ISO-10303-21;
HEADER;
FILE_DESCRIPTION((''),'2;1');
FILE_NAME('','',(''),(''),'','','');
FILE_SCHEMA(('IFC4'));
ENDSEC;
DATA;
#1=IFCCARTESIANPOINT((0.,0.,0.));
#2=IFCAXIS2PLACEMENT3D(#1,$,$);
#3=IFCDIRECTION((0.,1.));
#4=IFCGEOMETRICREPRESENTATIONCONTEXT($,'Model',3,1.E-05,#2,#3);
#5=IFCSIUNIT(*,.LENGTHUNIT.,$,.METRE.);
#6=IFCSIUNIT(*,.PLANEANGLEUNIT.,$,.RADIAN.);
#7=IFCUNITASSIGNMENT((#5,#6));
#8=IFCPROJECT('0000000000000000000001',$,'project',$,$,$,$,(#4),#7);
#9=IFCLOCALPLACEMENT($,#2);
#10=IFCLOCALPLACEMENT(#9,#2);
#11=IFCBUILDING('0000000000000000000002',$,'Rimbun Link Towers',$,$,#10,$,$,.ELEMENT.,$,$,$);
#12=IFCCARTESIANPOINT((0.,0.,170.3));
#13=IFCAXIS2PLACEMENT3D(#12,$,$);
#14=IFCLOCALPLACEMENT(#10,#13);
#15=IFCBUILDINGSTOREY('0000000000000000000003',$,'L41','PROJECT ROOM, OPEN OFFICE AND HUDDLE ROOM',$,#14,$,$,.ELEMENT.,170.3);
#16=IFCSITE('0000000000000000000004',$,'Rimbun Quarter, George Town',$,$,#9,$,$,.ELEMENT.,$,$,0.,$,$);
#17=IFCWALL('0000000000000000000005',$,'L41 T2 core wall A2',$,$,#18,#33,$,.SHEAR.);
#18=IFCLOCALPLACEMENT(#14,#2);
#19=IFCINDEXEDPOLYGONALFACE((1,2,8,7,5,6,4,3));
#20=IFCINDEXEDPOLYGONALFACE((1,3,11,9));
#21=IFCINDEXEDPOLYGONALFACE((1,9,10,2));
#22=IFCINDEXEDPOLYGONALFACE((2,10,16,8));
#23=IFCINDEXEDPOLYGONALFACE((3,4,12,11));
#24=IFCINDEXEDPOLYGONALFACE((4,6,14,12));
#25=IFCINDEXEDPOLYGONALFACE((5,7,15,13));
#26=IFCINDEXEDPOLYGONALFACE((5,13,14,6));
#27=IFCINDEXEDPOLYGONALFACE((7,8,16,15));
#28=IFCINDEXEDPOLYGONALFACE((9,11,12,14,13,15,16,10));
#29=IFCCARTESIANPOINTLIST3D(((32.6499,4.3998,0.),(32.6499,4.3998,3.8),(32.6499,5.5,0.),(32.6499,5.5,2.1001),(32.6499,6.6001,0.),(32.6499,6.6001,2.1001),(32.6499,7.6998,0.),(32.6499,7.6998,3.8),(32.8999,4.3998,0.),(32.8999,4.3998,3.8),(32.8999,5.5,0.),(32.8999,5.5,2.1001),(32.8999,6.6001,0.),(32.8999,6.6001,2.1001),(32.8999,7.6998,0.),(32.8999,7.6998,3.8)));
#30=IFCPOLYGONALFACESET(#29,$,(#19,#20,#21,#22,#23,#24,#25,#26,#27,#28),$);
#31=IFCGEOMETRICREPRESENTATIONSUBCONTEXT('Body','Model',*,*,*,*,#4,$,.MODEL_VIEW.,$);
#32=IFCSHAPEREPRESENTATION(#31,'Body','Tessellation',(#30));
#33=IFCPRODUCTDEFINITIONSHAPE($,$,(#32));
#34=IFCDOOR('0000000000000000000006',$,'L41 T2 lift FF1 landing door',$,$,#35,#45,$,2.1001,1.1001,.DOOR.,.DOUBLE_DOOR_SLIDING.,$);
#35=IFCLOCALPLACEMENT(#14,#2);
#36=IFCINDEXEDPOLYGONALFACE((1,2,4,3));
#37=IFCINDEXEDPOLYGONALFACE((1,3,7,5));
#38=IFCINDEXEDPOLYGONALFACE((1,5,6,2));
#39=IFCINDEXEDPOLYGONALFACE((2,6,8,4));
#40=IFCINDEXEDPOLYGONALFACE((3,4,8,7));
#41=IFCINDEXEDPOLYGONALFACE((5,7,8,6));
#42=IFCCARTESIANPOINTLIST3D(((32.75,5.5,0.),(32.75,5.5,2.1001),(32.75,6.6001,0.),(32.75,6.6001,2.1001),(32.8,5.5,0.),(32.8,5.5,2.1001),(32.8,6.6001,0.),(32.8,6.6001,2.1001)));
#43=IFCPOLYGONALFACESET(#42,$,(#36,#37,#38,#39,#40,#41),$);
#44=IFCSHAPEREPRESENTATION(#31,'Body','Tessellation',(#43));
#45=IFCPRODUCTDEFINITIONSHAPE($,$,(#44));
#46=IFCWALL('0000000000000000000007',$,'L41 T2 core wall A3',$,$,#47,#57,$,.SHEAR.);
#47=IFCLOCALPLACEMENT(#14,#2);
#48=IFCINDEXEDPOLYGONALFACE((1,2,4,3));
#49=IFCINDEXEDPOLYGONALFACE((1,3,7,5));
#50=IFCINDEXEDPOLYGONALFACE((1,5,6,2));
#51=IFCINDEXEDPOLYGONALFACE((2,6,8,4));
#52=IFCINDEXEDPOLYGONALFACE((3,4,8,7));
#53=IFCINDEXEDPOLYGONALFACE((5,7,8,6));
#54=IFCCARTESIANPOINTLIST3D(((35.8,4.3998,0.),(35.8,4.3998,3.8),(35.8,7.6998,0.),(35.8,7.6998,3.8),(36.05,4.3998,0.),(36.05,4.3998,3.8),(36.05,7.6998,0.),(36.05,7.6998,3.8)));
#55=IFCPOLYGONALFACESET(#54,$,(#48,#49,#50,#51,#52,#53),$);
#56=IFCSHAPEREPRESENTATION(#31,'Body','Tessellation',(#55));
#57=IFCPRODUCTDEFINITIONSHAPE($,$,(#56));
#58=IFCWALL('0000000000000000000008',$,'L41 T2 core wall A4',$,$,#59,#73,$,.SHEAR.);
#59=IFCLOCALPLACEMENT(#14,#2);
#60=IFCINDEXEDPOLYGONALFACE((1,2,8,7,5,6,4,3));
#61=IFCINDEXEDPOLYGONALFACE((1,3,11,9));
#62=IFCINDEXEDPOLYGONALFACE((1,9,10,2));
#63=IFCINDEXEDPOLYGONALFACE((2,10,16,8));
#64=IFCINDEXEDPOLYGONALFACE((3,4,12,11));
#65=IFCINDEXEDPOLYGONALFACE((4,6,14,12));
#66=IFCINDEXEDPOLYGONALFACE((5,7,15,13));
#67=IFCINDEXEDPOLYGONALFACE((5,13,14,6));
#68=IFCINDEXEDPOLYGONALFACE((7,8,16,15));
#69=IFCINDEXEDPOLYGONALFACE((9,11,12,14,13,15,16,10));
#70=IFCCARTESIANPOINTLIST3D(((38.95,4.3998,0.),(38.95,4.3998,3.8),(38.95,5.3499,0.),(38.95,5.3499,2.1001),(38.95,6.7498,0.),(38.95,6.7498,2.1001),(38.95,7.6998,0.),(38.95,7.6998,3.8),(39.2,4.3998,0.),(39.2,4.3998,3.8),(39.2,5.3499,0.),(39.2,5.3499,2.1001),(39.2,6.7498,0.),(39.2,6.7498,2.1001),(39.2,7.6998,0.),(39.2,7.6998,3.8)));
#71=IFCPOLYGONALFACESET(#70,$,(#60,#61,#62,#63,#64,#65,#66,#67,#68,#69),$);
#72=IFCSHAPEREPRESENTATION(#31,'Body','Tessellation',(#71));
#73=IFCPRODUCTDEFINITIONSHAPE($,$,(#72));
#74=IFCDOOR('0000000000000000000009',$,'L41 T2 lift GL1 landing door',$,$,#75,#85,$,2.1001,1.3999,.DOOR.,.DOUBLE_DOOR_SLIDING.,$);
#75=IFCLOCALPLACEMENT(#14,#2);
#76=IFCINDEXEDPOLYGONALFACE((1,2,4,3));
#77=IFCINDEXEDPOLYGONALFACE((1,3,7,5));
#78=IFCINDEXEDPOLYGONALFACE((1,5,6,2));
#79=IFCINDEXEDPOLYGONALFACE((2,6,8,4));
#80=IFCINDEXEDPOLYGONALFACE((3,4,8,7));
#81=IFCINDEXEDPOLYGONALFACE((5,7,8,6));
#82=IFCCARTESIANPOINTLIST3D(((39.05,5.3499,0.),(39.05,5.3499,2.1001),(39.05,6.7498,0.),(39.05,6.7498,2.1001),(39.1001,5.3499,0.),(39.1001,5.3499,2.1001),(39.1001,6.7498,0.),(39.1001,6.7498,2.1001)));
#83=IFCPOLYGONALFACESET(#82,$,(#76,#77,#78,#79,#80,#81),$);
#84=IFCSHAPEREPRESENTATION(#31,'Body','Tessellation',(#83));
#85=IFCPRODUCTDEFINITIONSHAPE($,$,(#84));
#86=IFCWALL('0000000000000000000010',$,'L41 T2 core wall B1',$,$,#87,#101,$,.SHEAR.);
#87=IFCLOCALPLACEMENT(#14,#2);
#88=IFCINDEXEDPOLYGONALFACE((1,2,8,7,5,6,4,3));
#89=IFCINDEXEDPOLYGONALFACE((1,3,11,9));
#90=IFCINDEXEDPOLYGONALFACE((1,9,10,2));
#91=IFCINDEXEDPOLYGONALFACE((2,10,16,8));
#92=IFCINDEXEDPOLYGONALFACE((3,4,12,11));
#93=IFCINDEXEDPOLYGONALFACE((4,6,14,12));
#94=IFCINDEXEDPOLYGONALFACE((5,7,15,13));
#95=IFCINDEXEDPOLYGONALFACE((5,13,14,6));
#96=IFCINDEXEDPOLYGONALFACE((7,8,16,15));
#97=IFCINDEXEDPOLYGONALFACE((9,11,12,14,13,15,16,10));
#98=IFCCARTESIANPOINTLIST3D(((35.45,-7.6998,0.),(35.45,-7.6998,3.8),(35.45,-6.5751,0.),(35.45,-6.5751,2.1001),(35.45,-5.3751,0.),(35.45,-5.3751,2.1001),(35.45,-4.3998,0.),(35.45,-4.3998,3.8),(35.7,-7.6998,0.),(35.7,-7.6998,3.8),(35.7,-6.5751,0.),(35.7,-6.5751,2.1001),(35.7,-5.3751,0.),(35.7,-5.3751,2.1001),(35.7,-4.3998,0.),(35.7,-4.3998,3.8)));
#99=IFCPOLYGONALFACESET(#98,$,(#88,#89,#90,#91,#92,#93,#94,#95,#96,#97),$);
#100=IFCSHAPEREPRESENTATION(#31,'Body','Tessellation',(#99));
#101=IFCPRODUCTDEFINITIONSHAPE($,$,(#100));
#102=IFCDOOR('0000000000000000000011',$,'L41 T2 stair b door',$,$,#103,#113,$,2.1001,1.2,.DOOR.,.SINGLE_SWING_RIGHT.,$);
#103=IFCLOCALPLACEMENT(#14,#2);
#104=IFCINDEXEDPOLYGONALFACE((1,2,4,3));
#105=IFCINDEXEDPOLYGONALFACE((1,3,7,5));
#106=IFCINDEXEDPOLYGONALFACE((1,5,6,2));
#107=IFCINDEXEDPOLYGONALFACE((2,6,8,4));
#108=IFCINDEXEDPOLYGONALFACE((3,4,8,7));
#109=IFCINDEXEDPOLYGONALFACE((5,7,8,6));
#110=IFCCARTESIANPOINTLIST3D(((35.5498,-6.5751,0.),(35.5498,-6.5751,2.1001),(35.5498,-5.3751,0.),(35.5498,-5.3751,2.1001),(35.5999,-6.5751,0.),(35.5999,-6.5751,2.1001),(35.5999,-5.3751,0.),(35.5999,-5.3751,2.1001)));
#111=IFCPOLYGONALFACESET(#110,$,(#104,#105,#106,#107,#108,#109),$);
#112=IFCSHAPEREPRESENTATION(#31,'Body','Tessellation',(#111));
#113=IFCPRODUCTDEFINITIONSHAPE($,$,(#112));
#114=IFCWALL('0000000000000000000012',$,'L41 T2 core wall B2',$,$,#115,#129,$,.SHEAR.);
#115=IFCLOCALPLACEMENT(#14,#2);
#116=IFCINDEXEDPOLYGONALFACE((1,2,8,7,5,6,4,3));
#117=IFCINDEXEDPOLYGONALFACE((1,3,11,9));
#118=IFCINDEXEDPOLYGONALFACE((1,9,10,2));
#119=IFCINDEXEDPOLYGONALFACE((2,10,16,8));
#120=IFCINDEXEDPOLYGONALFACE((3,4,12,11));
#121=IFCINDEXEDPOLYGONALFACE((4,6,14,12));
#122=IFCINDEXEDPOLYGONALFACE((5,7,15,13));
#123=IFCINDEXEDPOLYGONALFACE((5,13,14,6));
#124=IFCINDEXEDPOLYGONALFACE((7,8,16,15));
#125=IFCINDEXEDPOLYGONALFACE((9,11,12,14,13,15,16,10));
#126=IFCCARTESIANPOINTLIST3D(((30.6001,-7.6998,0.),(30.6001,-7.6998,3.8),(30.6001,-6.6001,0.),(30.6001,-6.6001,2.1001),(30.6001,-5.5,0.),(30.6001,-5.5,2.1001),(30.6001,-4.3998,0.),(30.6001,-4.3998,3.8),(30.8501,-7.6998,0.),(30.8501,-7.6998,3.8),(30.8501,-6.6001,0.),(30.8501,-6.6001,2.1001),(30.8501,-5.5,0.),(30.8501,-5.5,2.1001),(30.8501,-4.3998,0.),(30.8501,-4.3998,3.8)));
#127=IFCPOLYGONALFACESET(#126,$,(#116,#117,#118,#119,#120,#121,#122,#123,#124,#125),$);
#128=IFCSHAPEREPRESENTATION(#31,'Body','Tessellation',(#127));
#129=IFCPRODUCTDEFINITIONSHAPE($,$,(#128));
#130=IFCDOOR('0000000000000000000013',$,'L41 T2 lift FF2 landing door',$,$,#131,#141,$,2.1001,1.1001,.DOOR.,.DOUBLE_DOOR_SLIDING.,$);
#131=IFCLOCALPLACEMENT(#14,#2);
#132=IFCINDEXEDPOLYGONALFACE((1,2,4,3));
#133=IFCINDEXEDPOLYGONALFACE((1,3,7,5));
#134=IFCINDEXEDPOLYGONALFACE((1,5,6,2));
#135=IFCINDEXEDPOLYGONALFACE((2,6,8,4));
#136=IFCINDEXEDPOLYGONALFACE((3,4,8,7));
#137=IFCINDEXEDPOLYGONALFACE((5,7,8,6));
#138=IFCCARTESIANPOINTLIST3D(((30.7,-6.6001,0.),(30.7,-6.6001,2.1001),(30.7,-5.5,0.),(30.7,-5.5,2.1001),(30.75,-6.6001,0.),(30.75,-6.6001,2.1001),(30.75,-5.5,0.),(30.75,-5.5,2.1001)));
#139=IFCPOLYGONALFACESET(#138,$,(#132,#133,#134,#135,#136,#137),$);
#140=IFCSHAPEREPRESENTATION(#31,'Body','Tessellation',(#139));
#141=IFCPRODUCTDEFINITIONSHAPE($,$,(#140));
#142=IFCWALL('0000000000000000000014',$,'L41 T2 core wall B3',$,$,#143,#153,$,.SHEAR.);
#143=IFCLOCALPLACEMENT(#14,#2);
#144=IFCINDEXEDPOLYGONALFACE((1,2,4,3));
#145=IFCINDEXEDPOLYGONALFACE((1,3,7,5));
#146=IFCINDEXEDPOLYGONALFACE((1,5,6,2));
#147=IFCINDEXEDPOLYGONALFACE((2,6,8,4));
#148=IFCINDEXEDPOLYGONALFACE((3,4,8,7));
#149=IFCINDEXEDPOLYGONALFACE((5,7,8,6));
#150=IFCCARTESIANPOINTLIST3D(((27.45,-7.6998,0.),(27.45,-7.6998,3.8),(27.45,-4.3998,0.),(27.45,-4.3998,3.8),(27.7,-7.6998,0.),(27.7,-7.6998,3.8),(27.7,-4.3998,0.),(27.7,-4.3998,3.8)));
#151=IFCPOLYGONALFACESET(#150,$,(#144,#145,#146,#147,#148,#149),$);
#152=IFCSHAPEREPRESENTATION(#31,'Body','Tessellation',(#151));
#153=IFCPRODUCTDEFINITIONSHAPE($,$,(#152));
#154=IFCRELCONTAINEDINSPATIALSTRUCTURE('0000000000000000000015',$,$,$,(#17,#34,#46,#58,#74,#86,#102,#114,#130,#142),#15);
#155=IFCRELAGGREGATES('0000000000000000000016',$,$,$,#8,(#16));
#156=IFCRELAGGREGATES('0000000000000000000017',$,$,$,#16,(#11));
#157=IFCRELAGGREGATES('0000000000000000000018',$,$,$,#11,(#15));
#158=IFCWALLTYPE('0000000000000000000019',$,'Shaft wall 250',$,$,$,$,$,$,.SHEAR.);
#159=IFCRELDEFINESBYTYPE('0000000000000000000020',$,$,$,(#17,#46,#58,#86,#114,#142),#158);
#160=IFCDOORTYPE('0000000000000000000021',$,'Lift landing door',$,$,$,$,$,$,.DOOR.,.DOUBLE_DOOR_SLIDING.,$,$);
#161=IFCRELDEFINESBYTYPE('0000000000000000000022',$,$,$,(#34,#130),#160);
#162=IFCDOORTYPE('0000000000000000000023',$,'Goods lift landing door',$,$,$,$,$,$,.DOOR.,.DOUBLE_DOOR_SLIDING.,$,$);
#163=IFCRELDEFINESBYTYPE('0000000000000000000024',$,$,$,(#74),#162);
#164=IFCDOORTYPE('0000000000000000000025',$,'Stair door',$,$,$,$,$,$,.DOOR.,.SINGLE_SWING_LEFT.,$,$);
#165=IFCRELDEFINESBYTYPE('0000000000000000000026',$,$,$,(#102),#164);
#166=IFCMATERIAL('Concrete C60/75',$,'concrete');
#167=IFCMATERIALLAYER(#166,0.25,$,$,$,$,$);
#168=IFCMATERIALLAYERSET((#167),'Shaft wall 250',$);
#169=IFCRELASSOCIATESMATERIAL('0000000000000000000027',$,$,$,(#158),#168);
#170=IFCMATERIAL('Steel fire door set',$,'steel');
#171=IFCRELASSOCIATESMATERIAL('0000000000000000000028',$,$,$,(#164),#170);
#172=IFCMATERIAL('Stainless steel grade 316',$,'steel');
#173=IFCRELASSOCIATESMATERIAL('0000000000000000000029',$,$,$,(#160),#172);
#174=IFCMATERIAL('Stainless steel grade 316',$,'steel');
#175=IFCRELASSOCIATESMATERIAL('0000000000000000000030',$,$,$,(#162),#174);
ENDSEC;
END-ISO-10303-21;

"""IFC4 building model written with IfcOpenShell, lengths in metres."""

from ifc_helpers import new_model, si_unit, direction, frame, frame_2d, origin, place, context, subcontext, project, spatial, rectangle, extrude, material, layer, layer_set, type_object, element, fill, save


model = new_model("IFC4")

# Units and contexts
model_context = context("Model", 3, precision=1e-05, world=origin(), true_north=direction((0.0, 1.0)))
body_context = subcontext(model_context, "Body", "Model", "MODEL_VIEW")
ifc_project = project(units=[si_unit("LENGTHUNIT", "METRE"), si_unit("PLANEANGLEUNIT", "RADIAN")], contexts=[model_context])

# Site, building, storey
site_placement = place(None, origin())
site = spatial("IfcSite", under=ifc_project, at=site_placement, Name="Rimbun Quarter, George Town", CompositionType="ELEMENT", RefElevation=0.0)
building_placement = place(site_placement, origin())
building = spatial("IfcBuilding", under=site, at=building_placement, Name="Rimbun Link Towers", CompositionType="ELEMENT")
storey_placement = place(building_placement, frame((0.0, 0.0, 170.3)))
storey = spatial("IfcBuildingStorey", under=building, at=storey_placement, Name="L41", Description="PROJECT ROOM, OPEN OFFICE AND HUDDLE ROOM", CompositionType="ELEMENT", Elevation=170.3)

# Shared definitions
ifc_material_1 = material(Name="Concrete C60/75", Category="concrete")
ifc_layer = layer(ifc_material_1, 0.25)
ifc_layer_set = layer_set([ifc_layer], Name="Shaft wall 250")
wall_type = type_object("IfcWallType", Name="Shaft wall 250", PredefinedType="SHEAR", material=ifc_layer_set)

# Wall, opening, door
ifc_material_2 = material(Name="Steel fire door set", Category="steel")
door_type_1 = type_object("IfcDoorType", Name="Stair door", OperationType="SINGLE_SWING_LEFT", PredefinedType="DOOR", material=ifc_material_2)
wall_1_placement = place(storey_placement, frame((32.7749, 4.3999, 0.0), z_axis=(0.0, 0.0, 1.0), x_axis=(0.0, 1.0, 0.0)))
wall_1 = element("IfcWall", 1, at=wall_1_placement, inside=storey, type_object=wall_type, Name="L41 T2 core wall A2", PredefinedType="SHEAR", context=body_context, shape_type="SweptSolid", body=[
    extrude(rectangle(XDim=3.3, YDim=0.25, at=frame_2d((1.6499, 0.0))), origin(), (0.0, 0.0, 1.0), 3.8),
])
opening_1_placement = place(wall_1_placement, frame((1.1001, 0.0, 0.0)))
opening_1 = element("IfcOpeningElement", 2, at=opening_1_placement, cuts=wall_1, PredefinedType="OPENING", context=body_context, shape_type="SweptSolid", body=[
    extrude(rectangle(XDim=1.1001, YDim=2.1001, at=frame_2d((0.55, 1.05))), frame((0.0, 0.135, 0.0), z_axis=(0.0, -1.0, 0.0), x_axis=(1.0, 0.0, 0.0)), (0.0, 0.0, 1.0), 0.27),
])
ifc_material_3 = material(Name="Stainless steel grade 316", Category="steel")
door_type_2 = type_object("IfcDoorType", Name="Lift landing door", OperationType="DOUBLE_DOOR_SLIDING", PredefinedType="DOOR", material=ifc_material_3)
door_1_placement = place(opening_1_placement, origin())
door_1 = element("IfcDoor", 3, at=door_1_placement, inside=storey, type_object=door_type_2, Name="L41 T2 lift FF1 landing door", OperationType="DOUBLE_DOOR_SLIDING", OverallHeight=2.1001, OverallWidth=1.1001, PredefinedType="DOOR", context=body_context, shape_type="SweptSolid", body=[
    extrude(rectangle(XDim=1.1001, YDim=2.1001, at=frame_2d((0.55, 1.05))), frame((0.0, 0.0249, 0.0), z_axis=(0.0, -1.0, 0.0), x_axis=(1.0, 0.0, 0.0)), (0.0, 0.0, 1.0), 0.05),
])
fill(opening_1, door_1)

# Wall
wall_2_placement = place(storey_placement, frame((35.925, 4.3999, 0.0), z_axis=(0.0, 0.0, 1.0), x_axis=(0.0, 1.0, 0.0)))
element("IfcWall", 4, at=wall_2_placement, inside=storey, type_object=wall_type, Name="L41 T2 core wall A3", PredefinedType="SHEAR", context=body_context, shape_type="SweptSolid", body=[
    extrude(rectangle(XDim=3.3, YDim=0.25, at=frame_2d((1.6499, 0.0))), origin(), (0.0, 0.0, 1.0), 3.8),
])

# Walls, openings, doors
wall_3_placement = place(storey_placement, frame((39.075, 4.3999, 0.0), z_axis=(0.0, 0.0, 1.0), x_axis=(0.0, 1.0, 0.0)))
wall_3 = element("IfcWall", 5, at=wall_3_placement, inside=storey, type_object=wall_type, Name="L41 T2 core wall A4", PredefinedType="SHEAR", context=body_context, shape_type="SweptSolid", body=[
    extrude(rectangle(XDim=3.3, YDim=0.25, at=frame_2d((1.6499, 0.0))), origin(), (0.0, 0.0, 1.0), 3.8),
])
opening_2_placement = place(wall_3_placement, frame((0.95, 0.0, 0.0)))
opening_2 = element("IfcOpeningElement", 6, at=opening_2_placement, cuts=wall_3, PredefinedType="OPENING", context=body_context, shape_type="SweptSolid", body=[
    extrude(rectangle(XDim=1.3999, YDim=2.1001, at=frame_2d((0.7, 1.05))), frame((0.0, 0.135, 0.0), z_axis=(0.0, -1.0, 0.0), x_axis=(1.0, 0.0, 0.0)), (0.0, 0.0, 1.0), 0.27),
])
ifc_material_4 = material(Name="Stainless steel grade 316", Category="steel")
door_type_3 = type_object("IfcDoorType", Name="Goods lift landing door", OperationType="DOUBLE_DOOR_SLIDING", PredefinedType="DOOR", material=ifc_material_4)
door_2_placement = place(opening_2_placement, origin())
door_2 = element("IfcDoor", 7, at=door_2_placement, inside=storey, type_object=door_type_3, Name="L41 T2 lift GL1 landing door", OperationType="DOUBLE_DOOR_SLIDING", OverallHeight=2.1001, OverallWidth=1.3999, PredefinedType="DOOR", context=body_context, shape_type="SweptSolid", body=[
    extrude(rectangle(XDim=1.3999, YDim=2.1001, at=frame_2d((0.7, 1.05))), frame((0.0, 0.0249, 0.0), z_axis=(0.0, -1.0, 0.0), x_axis=(1.0, 0.0, 0.0)), (0.0, 0.0, 1.0), 0.05),
])
fill(opening_2, door_2)
wall_4_placement = place(storey_placement, frame((35.575, -4.3999, 0.0), z_axis=(0.0, 0.0, 1.0), x_axis=(0.0, -1.0, 0.0)))
wall_4 = element("IfcWall", 8, at=wall_4_placement, inside=storey, type_object=wall_type, Name="L41 T2 core wall B1", PredefinedType="SHEAR", context=body_context, shape_type="SweptSolid", body=[
    extrude(rectangle(XDim=3.3, YDim=0.25, at=frame_2d((1.6499, 0.0))), origin(), (0.0, 0.0, 1.0), 3.8),
])
opening_3_placement = place(wall_4_placement, frame((0.9751, 0.0, 0.0)))
opening_3 = element("IfcOpeningElement", 9, at=opening_3_placement, cuts=wall_4, PredefinedType="OPENING", context=body_context, shape_type="SweptSolid", body=[
    extrude(rectangle(XDim=1.2, YDim=2.1001, at=frame_2d((0.6001, 1.05))), frame((0.0, 0.135, 0.0), z_axis=(0.0, -1.0, 0.0), x_axis=(1.0, 0.0, 0.0)), (0.0, 0.0, 1.0), 0.27),
])
door_3_placement = place(opening_3_placement, origin())
door_3 = element("IfcDoor", 10, at=door_3_placement, inside=storey, type_object=door_type_1, Name="L41 T2 stair b door", OperationType="SINGLE_SWING_RIGHT", OverallHeight=2.1001, OverallWidth=1.2, PredefinedType="DOOR", context=body_context, shape_type="SweptSolid", body=[
    extrude(rectangle(XDim=1.2, YDim=2.1001, at=frame_2d((0.6001, 1.05))), frame((0.0, 0.0249, 0.0), z_axis=(0.0, -1.0, 0.0), x_axis=(1.0, 0.0, 0.0)), (0.0, 0.0, 1.0), 0.05),
])
fill(opening_3, door_3)
wall_5_placement = place(storey_placement, frame((30.7251, -4.3999, 0.0), z_axis=(0.0, 0.0, 1.0), x_axis=(0.0, -1.0, 0.0)))
wall_5 = element("IfcWall", 11, at=wall_5_placement, inside=storey, type_object=wall_type, Name="L41 T2 core wall B2", PredefinedType="SHEAR", context=body_context, shape_type="SweptSolid", body=[
    extrude(rectangle(XDim=3.3, YDim=0.25, at=frame_2d((1.6499, 0.0))), origin(), (0.0, 0.0, 1.0), 3.8),
])
opening_4_placement = place(wall_5_placement, frame((1.1001, 0.0, 0.0)))
opening_4 = element("IfcOpeningElement", 12, at=opening_4_placement, cuts=wall_5, PredefinedType="OPENING", context=body_context, shape_type="SweptSolid", body=[
    extrude(rectangle(XDim=1.1001, YDim=2.1001, at=frame_2d((0.55, 1.05))), frame((0.0, 0.135, 0.0), z_axis=(0.0, -1.0, 0.0), x_axis=(1.0, 0.0, 0.0)), (0.0, 0.0, 1.0), 0.27),
])
door_4_placement = place(opening_4_placement, origin())
door_4 = element("IfcDoor", 13, at=door_4_placement, inside=storey, type_object=door_type_2, Name="L41 T2 lift FF2 landing door", OperationType="DOUBLE_DOOR_SLIDING", OverallHeight=2.1001, OverallWidth=1.1001, PredefinedType="DOOR", context=body_context, shape_type="SweptSolid", body=[
    extrude(rectangle(XDim=1.1001, YDim=2.1001, at=frame_2d((0.55, 1.05))), frame((0.0, 0.0249, 0.0), z_axis=(0.0, -1.0, 0.0), x_axis=(1.0, 0.0, 0.0)), (0.0, 0.0, 1.0), 0.05),
])
fill(opening_4, door_4)

# Wall
wall_6_placement = place(storey_placement, frame((27.575, -4.3999, 0.0), z_axis=(0.0, 0.0, 1.0), x_axis=(0.0, -1.0, 0.0)))
element("IfcWall", 14, at=wall_6_placement, inside=storey, type_object=wall_type, Name="L41 T2 core wall B3", PredefinedType="SHEAR", context=body_context, shape_type="SweptSolid", body=[
    extrude(rectangle(XDim=3.3, YDim=0.25, at=frame_2d((1.6499, 0.0))), origin(), (0.0, 0.0, 1.0), 3.8),
])

save(model, "model.ifc")
